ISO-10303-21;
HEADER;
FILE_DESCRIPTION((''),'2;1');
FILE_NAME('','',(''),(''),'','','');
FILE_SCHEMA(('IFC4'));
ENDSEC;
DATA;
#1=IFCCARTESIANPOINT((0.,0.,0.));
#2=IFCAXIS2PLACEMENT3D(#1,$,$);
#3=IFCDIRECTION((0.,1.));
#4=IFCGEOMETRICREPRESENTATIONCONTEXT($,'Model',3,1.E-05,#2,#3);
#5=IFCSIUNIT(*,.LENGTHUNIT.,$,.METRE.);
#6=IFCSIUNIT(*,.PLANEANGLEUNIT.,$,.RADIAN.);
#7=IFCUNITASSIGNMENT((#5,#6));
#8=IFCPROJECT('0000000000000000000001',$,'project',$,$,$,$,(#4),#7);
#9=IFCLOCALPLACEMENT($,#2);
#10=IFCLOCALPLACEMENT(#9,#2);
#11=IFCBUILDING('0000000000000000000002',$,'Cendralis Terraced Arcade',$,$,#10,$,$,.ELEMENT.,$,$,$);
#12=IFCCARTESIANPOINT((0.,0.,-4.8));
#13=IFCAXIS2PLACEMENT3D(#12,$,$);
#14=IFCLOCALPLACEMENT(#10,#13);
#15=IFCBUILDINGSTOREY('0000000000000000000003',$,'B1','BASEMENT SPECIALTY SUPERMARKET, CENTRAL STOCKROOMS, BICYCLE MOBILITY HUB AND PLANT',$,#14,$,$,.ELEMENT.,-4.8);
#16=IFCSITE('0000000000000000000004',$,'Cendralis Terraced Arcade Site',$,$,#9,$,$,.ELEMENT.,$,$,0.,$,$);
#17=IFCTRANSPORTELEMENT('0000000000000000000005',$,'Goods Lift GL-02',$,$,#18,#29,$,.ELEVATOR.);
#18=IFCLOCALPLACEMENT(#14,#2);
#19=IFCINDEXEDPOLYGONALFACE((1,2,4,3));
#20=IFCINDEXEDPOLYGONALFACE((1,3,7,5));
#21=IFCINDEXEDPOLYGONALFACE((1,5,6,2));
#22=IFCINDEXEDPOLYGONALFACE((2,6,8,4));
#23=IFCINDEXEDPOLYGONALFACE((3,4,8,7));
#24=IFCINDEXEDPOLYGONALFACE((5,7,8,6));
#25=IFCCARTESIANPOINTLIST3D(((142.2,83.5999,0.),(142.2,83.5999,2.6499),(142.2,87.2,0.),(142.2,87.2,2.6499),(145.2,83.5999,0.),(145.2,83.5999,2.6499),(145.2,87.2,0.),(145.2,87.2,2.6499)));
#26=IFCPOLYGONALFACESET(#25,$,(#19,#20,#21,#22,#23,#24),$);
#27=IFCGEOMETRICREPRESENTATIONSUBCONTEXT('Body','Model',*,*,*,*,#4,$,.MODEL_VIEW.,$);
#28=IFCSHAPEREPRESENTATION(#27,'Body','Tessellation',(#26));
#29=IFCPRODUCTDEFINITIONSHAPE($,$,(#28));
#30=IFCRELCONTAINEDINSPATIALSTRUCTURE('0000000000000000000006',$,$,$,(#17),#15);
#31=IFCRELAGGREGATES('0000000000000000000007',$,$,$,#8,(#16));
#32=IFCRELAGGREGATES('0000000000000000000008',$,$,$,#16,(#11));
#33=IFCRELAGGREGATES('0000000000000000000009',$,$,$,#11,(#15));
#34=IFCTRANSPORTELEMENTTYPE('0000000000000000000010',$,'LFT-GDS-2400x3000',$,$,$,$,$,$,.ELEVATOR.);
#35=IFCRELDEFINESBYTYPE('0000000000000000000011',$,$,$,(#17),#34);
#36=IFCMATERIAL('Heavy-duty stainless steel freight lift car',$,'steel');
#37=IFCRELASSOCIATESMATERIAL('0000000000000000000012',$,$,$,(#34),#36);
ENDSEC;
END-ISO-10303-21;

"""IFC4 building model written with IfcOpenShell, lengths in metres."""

from ifc_helpers import new_model, si_unit, direction, frame, origin, origin_2d, place, context, subcontext, project, spatial, rectangle, extrude, material, type_object, element, save


model = new_model("IFC4")

# Units and contexts
model_context = context("Model", 3, precision=1e-05, world=origin(), true_north=direction((0.0, 1.0)))
body_context = subcontext(model_context, "Body", "Model", "MODEL_VIEW")
ifc_project = project(units=[si_unit("LENGTHUNIT", "METRE"), si_unit("PLANEANGLEUNIT", "RADIAN")], contexts=[model_context])

# Site, building, storey
site_placement = place(None, origin())
site = spatial("IfcSite", under=ifc_project, at=site_placement, Name="Cendralis Terraced Arcade Site", CompositionType="ELEMENT", RefElevation=0.0)
building_placement = place(site_placement, origin())
building = spatial("IfcBuilding", under=site, at=building_placement, Name="Cendralis Terraced Arcade", CompositionType="ELEMENT")
storey_placement = place(building_placement, frame((0.0, 0.0, -4.8)))
storey = spatial("IfcBuildingStorey", under=building, at=storey_placement, Name="B1", Description="BASEMENT SPECIALTY SUPERMARKET, CENTRAL STOCKROOMS, BICYCLE MOBILITY HUB AND PLANT", CompositionType="ELEMENT", Elevation=-4.8)

# Transport element
ifc_material_1 = material(Name="Heavy-duty stainless steel freight lift car", Category="steel")
transport_element_type = type_object("IfcTransportElementType", Name="LFT-GDS-2400x3000", PredefinedType="ELEVATOR", material=ifc_material_1)
transport_element_placement = place(storey_placement, frame((143.7, 85.3999, 0.0), z_axis=(0.0, 0.0, 1.0), x_axis=(1.0, 0.0, 0.0)))
element("IfcTransportElement", 1, at=transport_element_placement, inside=storey, type_object=transport_element_type, Name="Goods Lift GL-02", PredefinedType="ELEVATOR", context=body_context, shape_type="SweptSolid", body=[
    extrude(rectangle(XDim=3.0, YDim=3.6001, at=origin_2d()), origin(), (0.0, 0.0, 1.0), 2.6499),
])

save(model, "model.ifc")
